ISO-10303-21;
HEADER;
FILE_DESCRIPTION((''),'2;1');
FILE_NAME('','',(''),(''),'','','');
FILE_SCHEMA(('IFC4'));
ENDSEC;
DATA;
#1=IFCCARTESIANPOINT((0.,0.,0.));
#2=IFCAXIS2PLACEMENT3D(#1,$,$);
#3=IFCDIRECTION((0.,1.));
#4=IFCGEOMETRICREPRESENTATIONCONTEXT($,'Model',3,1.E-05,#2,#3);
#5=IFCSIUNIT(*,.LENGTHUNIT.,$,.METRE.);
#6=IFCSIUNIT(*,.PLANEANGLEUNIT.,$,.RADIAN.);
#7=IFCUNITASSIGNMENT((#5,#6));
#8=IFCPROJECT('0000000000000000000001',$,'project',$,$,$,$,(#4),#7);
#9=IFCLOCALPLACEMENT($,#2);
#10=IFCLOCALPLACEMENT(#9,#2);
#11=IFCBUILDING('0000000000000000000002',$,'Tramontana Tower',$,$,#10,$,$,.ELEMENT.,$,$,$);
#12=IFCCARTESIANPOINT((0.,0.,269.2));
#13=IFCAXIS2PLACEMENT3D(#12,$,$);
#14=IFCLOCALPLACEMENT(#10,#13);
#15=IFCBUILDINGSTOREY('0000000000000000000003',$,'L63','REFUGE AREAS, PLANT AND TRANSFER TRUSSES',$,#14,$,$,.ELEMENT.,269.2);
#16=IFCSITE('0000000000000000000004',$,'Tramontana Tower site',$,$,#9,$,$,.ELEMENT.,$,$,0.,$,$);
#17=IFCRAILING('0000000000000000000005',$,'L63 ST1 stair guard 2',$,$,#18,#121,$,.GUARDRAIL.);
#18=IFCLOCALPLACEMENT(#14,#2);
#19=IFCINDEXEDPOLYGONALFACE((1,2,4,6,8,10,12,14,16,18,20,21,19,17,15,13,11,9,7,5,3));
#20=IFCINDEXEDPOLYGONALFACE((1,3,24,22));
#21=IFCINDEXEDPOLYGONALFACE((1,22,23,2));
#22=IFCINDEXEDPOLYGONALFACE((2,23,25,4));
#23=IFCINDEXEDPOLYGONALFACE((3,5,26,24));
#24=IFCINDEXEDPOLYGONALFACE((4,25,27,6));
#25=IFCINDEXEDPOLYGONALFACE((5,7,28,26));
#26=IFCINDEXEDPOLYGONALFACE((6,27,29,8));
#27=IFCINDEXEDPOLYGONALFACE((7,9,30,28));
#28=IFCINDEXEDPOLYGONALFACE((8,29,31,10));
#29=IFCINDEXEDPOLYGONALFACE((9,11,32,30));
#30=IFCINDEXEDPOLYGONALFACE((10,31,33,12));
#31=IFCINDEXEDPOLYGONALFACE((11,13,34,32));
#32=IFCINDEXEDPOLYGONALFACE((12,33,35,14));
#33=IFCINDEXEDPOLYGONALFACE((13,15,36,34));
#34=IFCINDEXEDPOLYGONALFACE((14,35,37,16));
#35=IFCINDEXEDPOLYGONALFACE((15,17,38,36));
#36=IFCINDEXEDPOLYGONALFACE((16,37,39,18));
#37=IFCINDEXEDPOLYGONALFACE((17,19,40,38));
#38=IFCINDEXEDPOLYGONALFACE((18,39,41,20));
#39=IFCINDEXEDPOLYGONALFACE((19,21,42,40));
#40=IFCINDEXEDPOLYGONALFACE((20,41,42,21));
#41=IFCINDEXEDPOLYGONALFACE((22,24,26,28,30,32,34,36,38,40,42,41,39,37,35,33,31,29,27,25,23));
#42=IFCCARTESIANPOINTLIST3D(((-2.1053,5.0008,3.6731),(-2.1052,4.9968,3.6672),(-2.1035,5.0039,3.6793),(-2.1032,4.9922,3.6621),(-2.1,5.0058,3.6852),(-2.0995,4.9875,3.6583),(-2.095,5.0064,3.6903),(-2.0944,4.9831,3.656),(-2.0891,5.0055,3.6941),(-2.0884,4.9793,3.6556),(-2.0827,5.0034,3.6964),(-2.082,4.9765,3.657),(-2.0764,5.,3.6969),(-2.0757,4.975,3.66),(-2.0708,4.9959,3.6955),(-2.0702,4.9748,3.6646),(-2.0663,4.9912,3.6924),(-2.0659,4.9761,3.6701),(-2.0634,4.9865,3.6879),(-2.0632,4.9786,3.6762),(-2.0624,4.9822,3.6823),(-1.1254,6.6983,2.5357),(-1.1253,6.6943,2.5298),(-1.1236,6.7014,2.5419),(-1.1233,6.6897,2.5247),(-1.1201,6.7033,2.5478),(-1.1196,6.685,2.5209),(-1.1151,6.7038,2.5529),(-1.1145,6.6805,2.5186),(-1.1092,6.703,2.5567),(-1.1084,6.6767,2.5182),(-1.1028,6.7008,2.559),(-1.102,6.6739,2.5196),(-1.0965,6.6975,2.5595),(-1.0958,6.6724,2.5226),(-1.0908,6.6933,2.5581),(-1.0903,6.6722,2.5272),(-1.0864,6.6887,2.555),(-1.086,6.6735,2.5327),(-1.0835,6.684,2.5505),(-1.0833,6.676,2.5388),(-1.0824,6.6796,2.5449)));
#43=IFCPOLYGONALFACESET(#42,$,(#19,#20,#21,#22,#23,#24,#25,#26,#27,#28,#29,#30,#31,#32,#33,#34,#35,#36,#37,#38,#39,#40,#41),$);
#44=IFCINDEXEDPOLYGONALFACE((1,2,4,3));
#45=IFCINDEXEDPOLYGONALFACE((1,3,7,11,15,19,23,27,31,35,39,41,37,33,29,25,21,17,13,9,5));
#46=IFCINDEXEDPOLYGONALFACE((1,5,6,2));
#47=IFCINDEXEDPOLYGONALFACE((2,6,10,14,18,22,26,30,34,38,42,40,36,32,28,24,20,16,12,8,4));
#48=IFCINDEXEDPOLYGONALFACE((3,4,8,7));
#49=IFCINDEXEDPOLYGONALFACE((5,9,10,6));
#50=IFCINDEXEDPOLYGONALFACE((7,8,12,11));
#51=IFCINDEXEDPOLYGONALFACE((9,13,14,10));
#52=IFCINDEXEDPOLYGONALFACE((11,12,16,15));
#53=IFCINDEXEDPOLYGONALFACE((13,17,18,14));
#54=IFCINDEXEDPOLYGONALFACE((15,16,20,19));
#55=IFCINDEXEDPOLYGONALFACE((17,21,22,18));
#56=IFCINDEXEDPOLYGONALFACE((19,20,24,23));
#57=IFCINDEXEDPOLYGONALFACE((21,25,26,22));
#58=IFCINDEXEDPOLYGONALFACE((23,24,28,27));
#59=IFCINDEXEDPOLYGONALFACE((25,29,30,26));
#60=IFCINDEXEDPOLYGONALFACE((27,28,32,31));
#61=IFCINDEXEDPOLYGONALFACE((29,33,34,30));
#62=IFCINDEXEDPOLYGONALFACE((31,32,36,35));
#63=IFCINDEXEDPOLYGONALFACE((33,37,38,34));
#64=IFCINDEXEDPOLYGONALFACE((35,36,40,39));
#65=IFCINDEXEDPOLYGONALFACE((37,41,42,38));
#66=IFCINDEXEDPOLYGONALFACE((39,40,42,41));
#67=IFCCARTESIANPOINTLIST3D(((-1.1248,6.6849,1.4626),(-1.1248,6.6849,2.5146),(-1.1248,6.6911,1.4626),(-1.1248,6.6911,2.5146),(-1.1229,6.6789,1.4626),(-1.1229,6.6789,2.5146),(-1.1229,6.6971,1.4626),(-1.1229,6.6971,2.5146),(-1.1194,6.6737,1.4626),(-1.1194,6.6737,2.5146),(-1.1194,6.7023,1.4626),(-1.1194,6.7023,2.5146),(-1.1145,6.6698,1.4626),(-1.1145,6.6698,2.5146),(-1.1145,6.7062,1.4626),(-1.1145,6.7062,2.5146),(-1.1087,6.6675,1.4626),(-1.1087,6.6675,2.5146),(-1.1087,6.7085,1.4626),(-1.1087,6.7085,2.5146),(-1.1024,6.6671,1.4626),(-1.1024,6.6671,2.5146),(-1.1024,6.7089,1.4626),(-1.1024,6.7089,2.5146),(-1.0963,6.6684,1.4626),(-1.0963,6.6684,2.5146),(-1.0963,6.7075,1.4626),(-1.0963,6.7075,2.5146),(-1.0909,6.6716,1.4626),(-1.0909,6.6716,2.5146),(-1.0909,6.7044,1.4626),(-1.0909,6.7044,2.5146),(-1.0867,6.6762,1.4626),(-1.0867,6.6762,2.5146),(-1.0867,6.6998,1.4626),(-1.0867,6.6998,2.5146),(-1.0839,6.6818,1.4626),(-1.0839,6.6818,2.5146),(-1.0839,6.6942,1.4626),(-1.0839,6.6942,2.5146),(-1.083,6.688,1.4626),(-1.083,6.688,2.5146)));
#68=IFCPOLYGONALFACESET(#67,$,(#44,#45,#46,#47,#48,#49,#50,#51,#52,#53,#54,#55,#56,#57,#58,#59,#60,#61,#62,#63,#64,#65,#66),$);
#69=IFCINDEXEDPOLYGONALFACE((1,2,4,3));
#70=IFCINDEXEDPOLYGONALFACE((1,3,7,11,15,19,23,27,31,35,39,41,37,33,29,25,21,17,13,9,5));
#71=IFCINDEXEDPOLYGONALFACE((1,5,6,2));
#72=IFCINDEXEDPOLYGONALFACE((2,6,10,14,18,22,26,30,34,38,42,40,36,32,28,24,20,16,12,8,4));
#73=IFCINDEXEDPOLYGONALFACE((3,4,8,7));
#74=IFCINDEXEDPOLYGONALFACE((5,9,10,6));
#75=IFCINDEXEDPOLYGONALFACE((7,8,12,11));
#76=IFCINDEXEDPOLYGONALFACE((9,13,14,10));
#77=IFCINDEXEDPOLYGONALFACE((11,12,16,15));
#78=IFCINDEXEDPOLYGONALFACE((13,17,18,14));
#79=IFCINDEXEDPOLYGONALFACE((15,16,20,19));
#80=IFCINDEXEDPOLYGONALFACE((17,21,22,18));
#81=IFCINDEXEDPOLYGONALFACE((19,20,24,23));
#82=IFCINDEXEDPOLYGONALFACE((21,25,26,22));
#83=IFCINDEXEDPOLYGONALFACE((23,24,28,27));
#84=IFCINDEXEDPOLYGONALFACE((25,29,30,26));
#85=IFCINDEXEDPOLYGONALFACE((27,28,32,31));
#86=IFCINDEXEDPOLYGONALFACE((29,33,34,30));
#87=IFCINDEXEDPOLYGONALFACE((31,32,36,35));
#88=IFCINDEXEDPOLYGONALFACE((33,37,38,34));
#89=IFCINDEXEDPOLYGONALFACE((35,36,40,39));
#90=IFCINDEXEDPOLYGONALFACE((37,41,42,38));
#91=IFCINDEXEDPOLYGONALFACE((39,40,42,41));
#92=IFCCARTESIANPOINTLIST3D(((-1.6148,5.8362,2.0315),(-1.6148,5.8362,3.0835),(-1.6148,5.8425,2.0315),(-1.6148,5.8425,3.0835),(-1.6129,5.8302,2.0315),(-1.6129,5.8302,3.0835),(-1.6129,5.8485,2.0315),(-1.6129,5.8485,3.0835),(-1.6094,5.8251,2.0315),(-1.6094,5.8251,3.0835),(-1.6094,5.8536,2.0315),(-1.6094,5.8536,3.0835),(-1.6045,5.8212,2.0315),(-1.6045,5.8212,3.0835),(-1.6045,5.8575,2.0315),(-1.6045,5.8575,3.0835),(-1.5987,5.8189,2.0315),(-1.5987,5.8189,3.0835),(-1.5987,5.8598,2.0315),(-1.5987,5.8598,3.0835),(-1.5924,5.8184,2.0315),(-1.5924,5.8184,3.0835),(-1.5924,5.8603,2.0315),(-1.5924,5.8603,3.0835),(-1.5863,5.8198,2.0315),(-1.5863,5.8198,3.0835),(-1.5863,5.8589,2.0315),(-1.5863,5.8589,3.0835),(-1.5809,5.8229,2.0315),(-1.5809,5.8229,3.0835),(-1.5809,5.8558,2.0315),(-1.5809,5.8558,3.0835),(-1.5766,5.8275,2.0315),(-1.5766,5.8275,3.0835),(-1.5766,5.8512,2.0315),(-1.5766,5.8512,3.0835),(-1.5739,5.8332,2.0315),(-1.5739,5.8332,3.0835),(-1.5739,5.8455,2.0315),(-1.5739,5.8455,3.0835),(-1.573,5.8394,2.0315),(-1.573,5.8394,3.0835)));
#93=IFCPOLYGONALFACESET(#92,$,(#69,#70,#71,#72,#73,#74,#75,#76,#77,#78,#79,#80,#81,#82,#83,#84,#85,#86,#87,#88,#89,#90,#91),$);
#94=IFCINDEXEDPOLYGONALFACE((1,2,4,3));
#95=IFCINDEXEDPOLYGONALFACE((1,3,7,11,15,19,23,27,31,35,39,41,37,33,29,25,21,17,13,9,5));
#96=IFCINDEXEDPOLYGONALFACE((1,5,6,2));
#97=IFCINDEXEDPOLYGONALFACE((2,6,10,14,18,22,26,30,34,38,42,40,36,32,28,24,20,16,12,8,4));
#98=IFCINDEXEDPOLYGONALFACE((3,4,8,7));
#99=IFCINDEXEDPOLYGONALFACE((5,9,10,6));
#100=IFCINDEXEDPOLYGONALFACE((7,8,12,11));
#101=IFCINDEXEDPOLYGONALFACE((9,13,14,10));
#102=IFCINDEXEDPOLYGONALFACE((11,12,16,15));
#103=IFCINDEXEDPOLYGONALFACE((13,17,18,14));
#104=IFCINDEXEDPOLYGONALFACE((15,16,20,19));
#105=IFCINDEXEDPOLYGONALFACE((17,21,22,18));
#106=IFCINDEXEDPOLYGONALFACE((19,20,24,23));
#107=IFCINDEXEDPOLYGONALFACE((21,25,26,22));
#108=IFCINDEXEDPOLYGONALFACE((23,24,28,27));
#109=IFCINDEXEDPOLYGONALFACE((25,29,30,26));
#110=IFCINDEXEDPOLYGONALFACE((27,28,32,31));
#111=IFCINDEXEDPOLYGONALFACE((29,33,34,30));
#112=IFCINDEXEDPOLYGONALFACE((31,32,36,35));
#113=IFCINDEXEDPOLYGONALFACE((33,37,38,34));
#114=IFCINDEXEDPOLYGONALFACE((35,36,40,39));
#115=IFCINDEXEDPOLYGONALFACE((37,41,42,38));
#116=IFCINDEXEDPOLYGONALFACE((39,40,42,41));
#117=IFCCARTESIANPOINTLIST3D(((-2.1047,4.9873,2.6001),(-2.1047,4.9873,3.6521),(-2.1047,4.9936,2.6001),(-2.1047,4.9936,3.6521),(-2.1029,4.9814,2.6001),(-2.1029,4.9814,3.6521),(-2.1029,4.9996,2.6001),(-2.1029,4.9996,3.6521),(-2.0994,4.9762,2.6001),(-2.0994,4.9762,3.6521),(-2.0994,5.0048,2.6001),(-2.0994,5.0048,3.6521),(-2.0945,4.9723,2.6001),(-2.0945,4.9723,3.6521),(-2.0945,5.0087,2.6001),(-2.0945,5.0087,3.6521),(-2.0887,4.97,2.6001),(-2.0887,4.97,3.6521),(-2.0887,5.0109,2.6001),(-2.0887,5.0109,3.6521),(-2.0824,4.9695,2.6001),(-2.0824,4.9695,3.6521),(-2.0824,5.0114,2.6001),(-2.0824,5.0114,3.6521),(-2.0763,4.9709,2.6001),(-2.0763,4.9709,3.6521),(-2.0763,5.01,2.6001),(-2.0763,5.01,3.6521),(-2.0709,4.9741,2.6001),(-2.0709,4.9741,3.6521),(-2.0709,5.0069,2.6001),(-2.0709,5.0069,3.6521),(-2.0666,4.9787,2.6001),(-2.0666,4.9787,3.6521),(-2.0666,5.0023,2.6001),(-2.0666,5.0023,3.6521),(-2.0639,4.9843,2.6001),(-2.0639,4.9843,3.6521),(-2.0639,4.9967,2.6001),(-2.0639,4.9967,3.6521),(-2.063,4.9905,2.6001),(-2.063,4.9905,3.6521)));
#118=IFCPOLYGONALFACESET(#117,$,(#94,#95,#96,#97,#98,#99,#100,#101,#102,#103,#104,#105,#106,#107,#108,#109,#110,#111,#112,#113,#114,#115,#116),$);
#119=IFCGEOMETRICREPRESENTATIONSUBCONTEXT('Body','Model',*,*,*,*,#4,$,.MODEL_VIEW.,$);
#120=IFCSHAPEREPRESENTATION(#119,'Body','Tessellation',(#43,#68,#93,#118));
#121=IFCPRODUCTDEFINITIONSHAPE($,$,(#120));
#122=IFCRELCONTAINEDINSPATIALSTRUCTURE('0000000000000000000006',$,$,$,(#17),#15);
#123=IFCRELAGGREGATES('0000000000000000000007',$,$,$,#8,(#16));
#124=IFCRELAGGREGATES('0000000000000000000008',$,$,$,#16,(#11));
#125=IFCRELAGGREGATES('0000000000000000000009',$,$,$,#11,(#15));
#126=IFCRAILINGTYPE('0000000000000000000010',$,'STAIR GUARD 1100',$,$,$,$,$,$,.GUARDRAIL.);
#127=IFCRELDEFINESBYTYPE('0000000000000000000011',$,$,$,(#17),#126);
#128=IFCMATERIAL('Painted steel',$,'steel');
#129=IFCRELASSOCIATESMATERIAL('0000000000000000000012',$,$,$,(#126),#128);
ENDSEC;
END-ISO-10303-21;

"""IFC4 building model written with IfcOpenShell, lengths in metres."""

from ifc_helpers import new_model, si_unit, direction, frame, origin, origin_2d, place, context, subcontext, project, spatial, circle, extrude, material, type_object, element, save


model = new_model("IFC4")

# Units and contexts
model_context = context("Model", 3, precision=1e-05, world=origin(), true_north=direction((0.0, 1.0)))
body_context = subcontext(model_context, "Body", "Model", "MODEL_VIEW")
ifc_project = project(units=[si_unit("LENGTHUNIT", "METRE"), si_unit("PLANEANGLEUNIT", "RADIAN")], contexts=[model_context])

# Site, building, storey
site_placement = place(None, origin())
site = spatial("IfcSite", under=ifc_project, at=site_placement, Name="Tramontana Tower site", CompositionType="ELEMENT", RefElevation=0.0)
building_placement = place(site_placement, origin())
building = spatial("IfcBuilding", under=site, at=building_placement, Name="Tramontana Tower", CompositionType="ELEMENT")
storey_placement = place(building_placement, frame((0.0, 0.0, 269.2)))
storey = spatial("IfcBuildingStorey", under=building, at=storey_placement, Name="L63", Description="REFUGE AREAS, PLANT AND TRANSFER TRUSSES", CompositionType="ELEMENT", Elevation=269.2)

# Railing
ifc_material_1 = material(Name="Painted steel", Category="steel")
railing_type_1 = type_object("IfcRailingType", Name="STAIR GUARD 1100", PredefinedType="GUARDRAIL", material=ifc_material_1)
railing_1_placement = place(storey_placement, frame((-1.104, 6.688, 1.4626)))
element("IfcRailing", 1, at=railing_1_placement, inside=storey, type_object=railing_type_1, Name="L63 ST1 stair guard 2", PredefinedType="GUARDRAIL", context=body_context, shape_type="SweptSolid", body=[
    extrude(circle(Radius=0.0239, at=origin_2d()), frame((0.0, 0.0, 1.0762), z_axis=(-0.432432, -0.749053, 0.501918), x_axis=(0.866042, -0.49997, 0.0)), (0.0, 0.0, 1.0), 2.2661),
    extrude(circle(Radius=0.021, at=origin_2d()), origin(), (0.0, 0.0, 1.0), 1.052),
    extrude(circle(Radius=0.021, at=origin_2d()), frame((-0.49, -0.8486, 0.5688)), (0.0, 0.0, 1.0), 1.052),
    extrude(circle(Radius=0.021, at=origin_2d()), frame((-0.98, -1.6975, 1.1375)), (0.0, 0.0, 1.0), 1.052),
])

save(model, "model.ifc")
